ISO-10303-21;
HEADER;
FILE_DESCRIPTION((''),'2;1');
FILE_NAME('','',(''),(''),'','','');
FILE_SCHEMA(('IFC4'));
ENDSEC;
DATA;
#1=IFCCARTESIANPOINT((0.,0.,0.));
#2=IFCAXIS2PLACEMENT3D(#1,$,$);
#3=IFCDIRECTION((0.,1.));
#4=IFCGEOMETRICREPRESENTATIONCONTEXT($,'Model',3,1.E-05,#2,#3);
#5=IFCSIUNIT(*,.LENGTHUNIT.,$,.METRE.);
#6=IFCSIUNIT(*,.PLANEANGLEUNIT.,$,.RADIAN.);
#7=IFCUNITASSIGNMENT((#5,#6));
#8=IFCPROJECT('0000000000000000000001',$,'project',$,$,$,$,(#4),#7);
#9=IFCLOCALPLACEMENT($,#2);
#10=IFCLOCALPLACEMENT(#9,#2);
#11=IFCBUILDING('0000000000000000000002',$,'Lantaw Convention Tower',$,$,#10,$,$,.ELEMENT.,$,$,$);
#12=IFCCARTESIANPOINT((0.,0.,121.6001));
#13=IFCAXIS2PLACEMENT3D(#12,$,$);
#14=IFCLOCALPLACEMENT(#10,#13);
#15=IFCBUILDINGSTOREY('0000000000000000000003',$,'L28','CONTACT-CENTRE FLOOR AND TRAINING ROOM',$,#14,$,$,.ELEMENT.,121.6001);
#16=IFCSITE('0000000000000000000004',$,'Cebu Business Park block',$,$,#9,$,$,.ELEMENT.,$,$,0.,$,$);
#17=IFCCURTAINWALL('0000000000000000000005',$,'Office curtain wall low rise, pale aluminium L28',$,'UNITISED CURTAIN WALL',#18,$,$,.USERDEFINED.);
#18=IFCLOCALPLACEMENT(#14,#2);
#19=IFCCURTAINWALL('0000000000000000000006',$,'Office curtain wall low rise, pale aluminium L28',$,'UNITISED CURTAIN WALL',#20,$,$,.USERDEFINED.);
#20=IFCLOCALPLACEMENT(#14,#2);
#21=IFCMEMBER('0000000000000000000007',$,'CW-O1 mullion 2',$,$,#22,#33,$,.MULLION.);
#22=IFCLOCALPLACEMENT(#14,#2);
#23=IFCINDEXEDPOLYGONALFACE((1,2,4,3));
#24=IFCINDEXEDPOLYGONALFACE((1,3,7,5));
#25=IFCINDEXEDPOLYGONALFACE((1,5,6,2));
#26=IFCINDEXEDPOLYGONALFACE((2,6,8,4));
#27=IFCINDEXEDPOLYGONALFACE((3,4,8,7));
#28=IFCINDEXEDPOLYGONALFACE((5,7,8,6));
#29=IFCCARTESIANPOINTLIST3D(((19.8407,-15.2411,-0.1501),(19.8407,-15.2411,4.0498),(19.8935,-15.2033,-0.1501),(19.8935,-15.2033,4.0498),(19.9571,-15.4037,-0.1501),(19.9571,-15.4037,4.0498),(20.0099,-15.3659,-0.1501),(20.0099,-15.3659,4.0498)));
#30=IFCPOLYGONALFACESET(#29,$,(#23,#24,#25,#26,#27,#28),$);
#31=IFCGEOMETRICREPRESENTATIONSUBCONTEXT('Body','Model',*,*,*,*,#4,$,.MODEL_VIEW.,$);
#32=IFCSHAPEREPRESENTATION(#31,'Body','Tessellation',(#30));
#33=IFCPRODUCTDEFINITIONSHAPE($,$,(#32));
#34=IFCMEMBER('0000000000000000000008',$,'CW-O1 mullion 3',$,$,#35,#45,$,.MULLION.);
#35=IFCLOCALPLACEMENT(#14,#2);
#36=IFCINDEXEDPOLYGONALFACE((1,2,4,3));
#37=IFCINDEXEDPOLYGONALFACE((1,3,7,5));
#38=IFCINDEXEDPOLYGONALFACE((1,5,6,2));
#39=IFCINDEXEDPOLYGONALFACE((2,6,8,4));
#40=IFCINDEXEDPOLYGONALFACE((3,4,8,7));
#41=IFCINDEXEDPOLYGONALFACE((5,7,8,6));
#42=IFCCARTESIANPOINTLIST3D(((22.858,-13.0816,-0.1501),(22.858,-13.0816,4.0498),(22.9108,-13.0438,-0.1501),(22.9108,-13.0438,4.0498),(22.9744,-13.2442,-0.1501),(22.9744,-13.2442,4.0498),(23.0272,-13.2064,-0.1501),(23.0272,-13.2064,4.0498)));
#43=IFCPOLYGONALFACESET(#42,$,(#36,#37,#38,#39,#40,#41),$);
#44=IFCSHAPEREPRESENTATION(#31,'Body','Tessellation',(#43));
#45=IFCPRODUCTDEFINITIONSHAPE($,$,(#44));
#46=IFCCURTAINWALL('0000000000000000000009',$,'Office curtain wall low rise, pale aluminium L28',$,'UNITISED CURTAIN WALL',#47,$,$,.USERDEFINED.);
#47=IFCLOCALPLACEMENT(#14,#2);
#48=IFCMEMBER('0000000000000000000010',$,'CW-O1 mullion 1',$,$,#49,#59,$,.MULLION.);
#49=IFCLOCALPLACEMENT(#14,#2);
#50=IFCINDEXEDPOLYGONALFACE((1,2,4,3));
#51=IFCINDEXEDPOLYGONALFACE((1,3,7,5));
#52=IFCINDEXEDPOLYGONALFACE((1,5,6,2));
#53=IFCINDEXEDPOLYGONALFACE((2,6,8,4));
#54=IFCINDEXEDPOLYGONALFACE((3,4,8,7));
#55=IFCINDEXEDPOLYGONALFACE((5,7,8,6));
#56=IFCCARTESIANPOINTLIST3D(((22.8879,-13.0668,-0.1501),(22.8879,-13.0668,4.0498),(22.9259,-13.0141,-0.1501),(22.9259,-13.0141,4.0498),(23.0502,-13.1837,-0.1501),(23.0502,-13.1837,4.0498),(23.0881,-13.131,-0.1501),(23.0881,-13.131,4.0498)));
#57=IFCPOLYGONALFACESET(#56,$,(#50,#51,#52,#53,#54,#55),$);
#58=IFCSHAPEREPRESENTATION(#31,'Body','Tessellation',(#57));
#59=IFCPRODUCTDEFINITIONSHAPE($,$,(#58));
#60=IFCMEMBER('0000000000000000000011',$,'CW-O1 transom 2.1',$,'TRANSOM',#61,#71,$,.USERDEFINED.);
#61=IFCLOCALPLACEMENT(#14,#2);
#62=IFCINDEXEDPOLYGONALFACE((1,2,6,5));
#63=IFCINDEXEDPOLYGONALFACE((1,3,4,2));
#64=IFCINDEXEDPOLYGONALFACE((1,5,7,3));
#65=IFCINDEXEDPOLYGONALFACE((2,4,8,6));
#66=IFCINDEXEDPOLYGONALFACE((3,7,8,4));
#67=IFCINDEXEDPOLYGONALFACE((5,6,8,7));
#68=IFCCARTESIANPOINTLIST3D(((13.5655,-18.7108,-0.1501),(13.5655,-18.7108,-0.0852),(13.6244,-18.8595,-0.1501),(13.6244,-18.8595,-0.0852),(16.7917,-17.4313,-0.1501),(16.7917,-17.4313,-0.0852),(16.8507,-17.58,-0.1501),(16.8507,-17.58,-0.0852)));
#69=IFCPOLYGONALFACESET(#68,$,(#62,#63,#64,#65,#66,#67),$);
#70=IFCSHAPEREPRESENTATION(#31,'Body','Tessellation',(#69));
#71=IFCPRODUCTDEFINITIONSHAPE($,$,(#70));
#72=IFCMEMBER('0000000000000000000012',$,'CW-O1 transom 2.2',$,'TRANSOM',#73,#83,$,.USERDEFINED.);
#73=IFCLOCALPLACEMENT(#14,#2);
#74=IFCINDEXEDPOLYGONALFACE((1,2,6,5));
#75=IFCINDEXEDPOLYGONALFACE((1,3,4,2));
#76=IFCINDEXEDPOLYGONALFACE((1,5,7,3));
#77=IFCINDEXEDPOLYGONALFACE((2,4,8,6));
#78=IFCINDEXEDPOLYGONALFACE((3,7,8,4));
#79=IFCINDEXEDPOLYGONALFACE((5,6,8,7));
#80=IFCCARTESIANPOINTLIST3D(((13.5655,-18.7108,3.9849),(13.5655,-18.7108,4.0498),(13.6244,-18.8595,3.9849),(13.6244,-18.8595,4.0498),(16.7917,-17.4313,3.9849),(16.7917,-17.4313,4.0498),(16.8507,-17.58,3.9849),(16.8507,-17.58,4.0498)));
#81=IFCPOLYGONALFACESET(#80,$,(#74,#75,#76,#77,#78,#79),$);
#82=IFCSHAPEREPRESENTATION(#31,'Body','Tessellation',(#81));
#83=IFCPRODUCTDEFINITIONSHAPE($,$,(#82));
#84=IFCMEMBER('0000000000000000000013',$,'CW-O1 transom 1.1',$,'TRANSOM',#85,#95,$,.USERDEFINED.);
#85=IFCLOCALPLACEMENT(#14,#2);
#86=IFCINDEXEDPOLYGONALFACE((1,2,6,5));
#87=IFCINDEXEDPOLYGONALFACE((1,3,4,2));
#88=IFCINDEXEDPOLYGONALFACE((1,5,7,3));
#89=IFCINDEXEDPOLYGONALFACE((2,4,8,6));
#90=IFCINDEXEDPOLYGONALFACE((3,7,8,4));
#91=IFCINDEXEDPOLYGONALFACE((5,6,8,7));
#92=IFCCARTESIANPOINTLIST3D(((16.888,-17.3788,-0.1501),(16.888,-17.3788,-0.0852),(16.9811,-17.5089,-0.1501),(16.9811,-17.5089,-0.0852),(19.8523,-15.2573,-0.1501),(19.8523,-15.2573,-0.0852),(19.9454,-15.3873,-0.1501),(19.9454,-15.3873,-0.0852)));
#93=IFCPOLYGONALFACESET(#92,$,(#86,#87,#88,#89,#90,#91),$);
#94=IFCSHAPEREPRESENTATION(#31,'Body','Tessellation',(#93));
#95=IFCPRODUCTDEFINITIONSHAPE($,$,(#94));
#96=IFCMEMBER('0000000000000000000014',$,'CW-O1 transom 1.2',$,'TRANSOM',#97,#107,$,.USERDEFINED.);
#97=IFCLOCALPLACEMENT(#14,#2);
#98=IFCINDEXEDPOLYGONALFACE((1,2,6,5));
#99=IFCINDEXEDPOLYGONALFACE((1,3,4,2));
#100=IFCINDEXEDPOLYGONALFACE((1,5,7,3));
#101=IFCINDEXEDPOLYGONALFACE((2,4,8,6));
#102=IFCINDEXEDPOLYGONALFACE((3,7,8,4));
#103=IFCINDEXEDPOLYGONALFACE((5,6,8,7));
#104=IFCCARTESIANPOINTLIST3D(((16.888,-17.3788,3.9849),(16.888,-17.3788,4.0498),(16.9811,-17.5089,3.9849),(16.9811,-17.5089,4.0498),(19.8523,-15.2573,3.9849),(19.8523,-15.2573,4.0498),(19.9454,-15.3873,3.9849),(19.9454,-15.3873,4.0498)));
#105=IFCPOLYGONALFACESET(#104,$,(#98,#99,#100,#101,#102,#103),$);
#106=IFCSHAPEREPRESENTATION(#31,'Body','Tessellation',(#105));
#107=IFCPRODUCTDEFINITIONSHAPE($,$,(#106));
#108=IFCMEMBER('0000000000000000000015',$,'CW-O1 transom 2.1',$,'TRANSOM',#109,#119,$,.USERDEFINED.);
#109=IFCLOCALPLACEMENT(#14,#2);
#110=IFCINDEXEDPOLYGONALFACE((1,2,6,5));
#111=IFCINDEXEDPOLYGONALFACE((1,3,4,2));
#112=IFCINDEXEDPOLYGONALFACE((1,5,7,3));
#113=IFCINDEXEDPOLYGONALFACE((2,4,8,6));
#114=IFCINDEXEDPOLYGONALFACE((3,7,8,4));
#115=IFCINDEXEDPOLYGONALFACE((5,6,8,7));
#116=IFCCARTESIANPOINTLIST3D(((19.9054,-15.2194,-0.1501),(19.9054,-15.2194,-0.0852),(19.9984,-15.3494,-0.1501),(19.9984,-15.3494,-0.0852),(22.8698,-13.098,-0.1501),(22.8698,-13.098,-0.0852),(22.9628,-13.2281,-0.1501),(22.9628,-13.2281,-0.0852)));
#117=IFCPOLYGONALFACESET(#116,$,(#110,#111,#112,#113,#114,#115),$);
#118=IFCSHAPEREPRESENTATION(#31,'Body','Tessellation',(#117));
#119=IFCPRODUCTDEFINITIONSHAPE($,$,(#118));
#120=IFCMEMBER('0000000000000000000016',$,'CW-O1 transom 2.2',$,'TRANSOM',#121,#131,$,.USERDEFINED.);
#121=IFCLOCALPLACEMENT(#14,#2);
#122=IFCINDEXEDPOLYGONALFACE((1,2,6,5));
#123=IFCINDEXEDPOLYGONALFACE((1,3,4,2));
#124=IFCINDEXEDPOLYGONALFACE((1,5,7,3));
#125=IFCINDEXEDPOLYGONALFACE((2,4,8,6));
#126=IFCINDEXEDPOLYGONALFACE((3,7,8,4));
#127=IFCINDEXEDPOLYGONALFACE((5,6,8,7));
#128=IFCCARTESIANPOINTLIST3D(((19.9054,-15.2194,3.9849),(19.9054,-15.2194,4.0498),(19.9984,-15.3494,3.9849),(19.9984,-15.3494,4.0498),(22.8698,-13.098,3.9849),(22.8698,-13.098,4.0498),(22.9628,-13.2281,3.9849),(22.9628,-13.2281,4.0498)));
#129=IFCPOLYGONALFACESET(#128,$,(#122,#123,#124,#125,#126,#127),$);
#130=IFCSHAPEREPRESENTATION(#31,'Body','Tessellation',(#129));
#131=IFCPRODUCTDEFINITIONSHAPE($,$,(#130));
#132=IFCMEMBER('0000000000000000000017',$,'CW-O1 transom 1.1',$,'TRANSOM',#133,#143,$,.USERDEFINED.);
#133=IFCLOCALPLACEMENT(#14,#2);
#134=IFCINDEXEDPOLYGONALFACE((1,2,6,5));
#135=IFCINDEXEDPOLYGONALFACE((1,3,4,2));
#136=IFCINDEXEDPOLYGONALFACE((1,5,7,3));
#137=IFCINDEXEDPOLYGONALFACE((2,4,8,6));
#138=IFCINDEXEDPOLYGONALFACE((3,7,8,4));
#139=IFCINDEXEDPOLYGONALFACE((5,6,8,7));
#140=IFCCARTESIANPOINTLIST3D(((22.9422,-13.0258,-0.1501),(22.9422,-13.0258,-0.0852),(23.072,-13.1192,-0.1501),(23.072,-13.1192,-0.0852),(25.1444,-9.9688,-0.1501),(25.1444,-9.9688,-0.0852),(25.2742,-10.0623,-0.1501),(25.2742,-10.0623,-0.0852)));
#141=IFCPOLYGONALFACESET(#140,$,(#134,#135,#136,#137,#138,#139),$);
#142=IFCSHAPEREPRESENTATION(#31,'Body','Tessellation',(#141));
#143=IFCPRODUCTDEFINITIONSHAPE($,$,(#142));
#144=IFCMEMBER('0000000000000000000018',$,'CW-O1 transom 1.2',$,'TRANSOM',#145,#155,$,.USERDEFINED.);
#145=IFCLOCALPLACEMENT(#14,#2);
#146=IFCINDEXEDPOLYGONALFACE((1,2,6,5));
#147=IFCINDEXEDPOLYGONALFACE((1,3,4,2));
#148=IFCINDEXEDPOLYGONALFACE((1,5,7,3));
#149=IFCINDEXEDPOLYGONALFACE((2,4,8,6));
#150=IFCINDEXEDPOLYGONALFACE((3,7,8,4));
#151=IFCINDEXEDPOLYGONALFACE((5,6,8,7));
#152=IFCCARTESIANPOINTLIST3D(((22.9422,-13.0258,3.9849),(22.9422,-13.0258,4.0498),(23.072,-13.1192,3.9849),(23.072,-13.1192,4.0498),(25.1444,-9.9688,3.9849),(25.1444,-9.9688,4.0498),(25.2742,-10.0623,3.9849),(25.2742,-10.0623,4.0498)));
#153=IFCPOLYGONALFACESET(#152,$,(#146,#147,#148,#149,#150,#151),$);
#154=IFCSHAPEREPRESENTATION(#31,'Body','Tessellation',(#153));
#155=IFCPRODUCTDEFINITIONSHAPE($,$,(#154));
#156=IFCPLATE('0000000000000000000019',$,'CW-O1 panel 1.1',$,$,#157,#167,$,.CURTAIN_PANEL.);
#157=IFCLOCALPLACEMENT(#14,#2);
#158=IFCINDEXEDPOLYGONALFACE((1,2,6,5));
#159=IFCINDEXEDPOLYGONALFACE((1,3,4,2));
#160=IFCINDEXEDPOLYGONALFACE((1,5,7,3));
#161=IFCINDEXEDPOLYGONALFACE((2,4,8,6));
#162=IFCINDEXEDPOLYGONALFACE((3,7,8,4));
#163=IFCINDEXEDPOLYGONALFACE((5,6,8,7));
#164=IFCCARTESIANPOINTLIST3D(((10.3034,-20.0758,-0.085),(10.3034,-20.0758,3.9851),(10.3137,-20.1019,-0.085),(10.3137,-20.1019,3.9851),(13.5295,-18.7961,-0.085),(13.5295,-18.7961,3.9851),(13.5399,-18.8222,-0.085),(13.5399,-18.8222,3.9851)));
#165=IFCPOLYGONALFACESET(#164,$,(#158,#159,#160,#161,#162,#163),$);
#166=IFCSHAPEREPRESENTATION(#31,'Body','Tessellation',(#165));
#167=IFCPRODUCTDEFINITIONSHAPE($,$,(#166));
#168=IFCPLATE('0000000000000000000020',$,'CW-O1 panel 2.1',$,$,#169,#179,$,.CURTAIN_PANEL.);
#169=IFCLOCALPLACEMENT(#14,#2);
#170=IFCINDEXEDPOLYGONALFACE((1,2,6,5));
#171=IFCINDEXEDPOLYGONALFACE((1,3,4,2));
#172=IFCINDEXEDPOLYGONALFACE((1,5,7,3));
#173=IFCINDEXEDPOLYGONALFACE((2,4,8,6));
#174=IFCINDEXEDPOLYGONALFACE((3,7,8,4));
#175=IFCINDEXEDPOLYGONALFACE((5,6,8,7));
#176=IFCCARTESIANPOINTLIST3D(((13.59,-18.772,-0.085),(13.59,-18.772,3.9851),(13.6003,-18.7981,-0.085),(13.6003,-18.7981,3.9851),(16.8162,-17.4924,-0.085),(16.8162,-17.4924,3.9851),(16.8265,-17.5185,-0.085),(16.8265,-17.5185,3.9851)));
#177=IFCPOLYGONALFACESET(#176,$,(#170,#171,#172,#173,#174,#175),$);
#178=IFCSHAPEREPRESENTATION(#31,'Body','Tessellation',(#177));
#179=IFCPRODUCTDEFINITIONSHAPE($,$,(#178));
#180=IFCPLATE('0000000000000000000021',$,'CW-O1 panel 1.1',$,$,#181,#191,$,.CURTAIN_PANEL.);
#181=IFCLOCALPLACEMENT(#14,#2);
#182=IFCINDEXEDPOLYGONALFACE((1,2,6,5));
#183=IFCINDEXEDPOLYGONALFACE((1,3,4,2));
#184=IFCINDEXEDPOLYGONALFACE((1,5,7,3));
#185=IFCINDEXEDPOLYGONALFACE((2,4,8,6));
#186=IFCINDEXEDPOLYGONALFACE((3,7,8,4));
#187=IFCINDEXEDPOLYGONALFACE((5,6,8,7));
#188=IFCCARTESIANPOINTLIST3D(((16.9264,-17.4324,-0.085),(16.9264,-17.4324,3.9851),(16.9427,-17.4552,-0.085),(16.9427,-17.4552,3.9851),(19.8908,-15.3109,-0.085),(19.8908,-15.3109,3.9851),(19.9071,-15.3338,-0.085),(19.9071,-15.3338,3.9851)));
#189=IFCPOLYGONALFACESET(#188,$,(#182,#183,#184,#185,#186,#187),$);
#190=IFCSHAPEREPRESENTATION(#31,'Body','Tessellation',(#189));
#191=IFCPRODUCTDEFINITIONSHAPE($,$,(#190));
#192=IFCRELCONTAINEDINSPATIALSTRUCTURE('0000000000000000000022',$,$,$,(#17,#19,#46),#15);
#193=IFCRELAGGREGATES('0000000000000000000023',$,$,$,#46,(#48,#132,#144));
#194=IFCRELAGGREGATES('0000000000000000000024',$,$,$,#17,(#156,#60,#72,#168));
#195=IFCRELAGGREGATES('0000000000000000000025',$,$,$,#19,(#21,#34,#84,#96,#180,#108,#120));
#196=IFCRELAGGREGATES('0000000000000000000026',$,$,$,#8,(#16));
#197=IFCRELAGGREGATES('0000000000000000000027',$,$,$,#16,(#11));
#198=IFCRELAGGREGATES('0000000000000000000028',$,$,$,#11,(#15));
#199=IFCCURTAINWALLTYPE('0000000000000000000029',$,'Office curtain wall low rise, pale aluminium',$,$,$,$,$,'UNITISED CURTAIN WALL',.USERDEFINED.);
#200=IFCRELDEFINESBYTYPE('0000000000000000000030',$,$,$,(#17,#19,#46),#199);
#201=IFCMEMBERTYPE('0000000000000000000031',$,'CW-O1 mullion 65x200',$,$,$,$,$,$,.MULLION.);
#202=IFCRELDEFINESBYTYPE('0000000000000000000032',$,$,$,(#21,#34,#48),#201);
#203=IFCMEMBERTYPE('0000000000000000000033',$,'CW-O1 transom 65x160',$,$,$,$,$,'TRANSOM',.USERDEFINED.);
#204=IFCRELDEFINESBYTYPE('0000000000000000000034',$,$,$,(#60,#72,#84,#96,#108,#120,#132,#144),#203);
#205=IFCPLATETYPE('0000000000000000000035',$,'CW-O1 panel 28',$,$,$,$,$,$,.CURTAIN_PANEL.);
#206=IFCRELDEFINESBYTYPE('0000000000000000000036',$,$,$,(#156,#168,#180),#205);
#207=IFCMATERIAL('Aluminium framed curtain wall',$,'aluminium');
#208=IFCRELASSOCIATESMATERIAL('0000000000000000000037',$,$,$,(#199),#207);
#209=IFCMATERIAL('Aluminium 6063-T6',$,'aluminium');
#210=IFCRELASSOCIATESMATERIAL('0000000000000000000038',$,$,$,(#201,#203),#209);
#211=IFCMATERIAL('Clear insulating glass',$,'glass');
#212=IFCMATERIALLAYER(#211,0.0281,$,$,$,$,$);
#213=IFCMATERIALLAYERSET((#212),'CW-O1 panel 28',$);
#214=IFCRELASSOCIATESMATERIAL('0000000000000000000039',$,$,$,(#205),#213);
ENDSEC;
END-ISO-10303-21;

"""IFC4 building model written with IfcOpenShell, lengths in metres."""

from ifc_helpers import new_model, si_unit, direction, frame, origin, origin_2d, place, context, subcontext, project, spatial, rectangle, extrude, material, layer, layer_set, material_profile, profile_set, type_object, element, aggregate, save


model = new_model("IFC4")

# Units and contexts
model_context = context("Model", 3, precision=1e-05, world=origin(), true_north=direction((0.0, 1.0)))
body_context = subcontext(model_context, "Body", "Model", "MODEL_VIEW")
ifc_project = project(units=[si_unit("LENGTHUNIT", "METRE"), si_unit("PLANEANGLEUNIT", "RADIAN")], contexts=[model_context])

# Site, building, storey
site_placement = place(None, origin())
site = spatial("IfcSite", under=ifc_project, at=site_placement, Name="Cebu Business Park block", CompositionType="ELEMENT", RefElevation=0.0)
building_placement = place(site_placement, origin())
building = spatial("IfcBuilding", under=site, at=building_placement, Name="Lantaw Convention Tower", CompositionType="ELEMENT")
storey_placement = place(building_placement, frame((0.0, 0.0, 121.6001)))
storey = spatial("IfcBuildingStorey", under=building, at=storey_placement, Name="L28", Description="CONTACT-CENTRE FLOOR AND TRAINING ROOM", CompositionType="ELEMENT", Elevation=121.6001)

# Curtain walls, members
ifc_material_1 = material(Name="Aluminium framed curtain wall", Category="aluminium")
curtain_wall_type = type_object("IfcCurtainWallType", Name="Office curtain wall low rise, pale aluminium", ElementType="UNITISED CURTAIN WALL", PredefinedType="USERDEFINED", material=ifc_material_1)
curtain_wall_1_placement = place(storey_placement, origin())
curtain_wall_1 = element("IfcCurtainWall", 1, at=curtain_wall_1_placement, inside=storey, type_object=curtain_wall_type, Name="Office curtain wall low rise, pale aluminium L28", ObjectType="UNITISED CURTAIN WALL", PredefinedType="USERDEFINED")
ifc_material_2 = material(Name="Aluminium 6063-T6", Category="aluminium")
ifc_material_profile_1 = material_profile(ifc_material_2, rectangle(XDim=0.2, YDim=0.0649, at=origin_2d()), Name="CW-O1 mullion 65x200")
ifc_profile_set_1 = profile_set([ifc_material_profile_1], Name="Aluminium 6063-T6")
member_type_1 = type_object("IfcMemberType", Name="CW-O1 mullion 65x200", PredefinedType="MULLION", material=ifc_profile_set_1)
curtain_wall_2_placement = place(storey_placement, origin())
curtain_wall_2 = element("IfcCurtainWall", 2, at=curtain_wall_2_placement, inside=storey, type_object=curtain_wall_type, Name="Office curtain wall low rise, pale aluminium L28", ObjectType="UNITISED CURTAIN WALL", PredefinedType="USERDEFINED")
member_1_placement = place(storey_placement, frame((19.9253, -15.3035, -0.1501), z_axis=(0.0, 0.0, 1.0), x_axis=(-0.581973, 0.813208, 0.0)))
member_1 = element("IfcMember", 3, at=member_1_placement, type_object=member_type_1, Name="CW-O1 mullion 2", PredefinedType="MULLION", context=body_context, shape_type="SweptSolid", body=[
    extrude(rectangle(XDim=0.2, YDim=0.0649, at=origin_2d()), origin(), (0.0, 0.0, 1.0), 4.2),
])
member_2_placement = place(storey_placement, frame((22.9426, -13.144, -0.1501), z_axis=(0.0, 0.0, 1.0), x_axis=(-0.581973, 0.813208, 0.0)))
member_2 = element("IfcMember", 4, at=member_2_placement, type_object=member_type_1, Name="CW-O1 mullion 3", PredefinedType="MULLION", context=body_context, shape_type="SweptSolid", body=[
    extrude(rectangle(XDim=0.2, YDim=0.0649, at=origin_2d()), origin(), (0.0, 0.0, 1.0), 4.2),
])

# Curtain wall, member
curtain_wall_3_placement = place(storey_placement, origin())
curtain_wall_3 = element("IfcCurtainWall", 5, at=curtain_wall_3_placement, inside=storey, type_object=curtain_wall_type, Name="Office curtain wall low rise, pale aluminium L28", ObjectType="UNITISED CURTAIN WALL", PredefinedType="USERDEFINED")
member_3_placement = place(storey_placement, frame((22.988, -13.0989, -0.1501), z_axis=(0.0, 0.0, 1.0), x_axis=(-0.811385, 0.584513, 0.0)))
member_3 = element("IfcMember", 6, at=member_3_placement, type_object=member_type_1, Name="CW-O1 mullion 1", PredefinedType="MULLION", context=body_context, shape_type="SweptSolid", body=[
    extrude(rectangle(XDim=0.2, YDim=0.0649, at=origin_2d()), origin(), (0.0, 0.0, 1.0), 4.2),
])

# Members
ifc_material_profile_2 = material_profile(ifc_material_2, rectangle(XDim=0.1599, YDim=0.0649, at=origin_2d()), Name="CW-O1 transom 65x160")
ifc_profile_set_2 = profile_set([ifc_material_profile_2], Name="Aluminium 6063-T6")
member_type_2 = type_object("IfcMemberType", Name="CW-O1 transom 65x160", ElementType="TRANSOM", PredefinedType="USERDEFINED", material=ifc_profile_set_2)
member_4_placement = place(storey_placement, frame((13.595, -18.7852, -0.1177), z_axis=(0.929564, 0.36866, 0.0), x_axis=(-0.36866, 0.929564, 0.0)))
member_4 = element("IfcMember", 7, at=member_4_placement, type_object=member_type_2, Name="CW-O1 transom 2.1", ObjectType="TRANSOM", PredefinedType="USERDEFINED", context=body_context, shape_type="SweptSolid", body=[
    extrude(rectangle(XDim=0.1599, YDim=0.0649, at=origin_2d()), origin(), (0.0, 0.0, 1.0), 3.4707),
])
member_5_placement = place(storey_placement, frame((13.595, -18.7852, 4.0173), z_axis=(0.929564, 0.36866, 0.0), x_axis=(-0.36866, 0.929564, 0.0)))
member_5 = element("IfcMember", 8, at=member_5_placement, type_object=member_type_2, Name="CW-O1 transom 2.2", ObjectType="TRANSOM", PredefinedType="USERDEFINED", context=body_context, shape_type="SweptSolid", body=[
    extrude(rectangle(XDim=0.1599, YDim=0.0649, at=origin_2d()), origin(), (0.0, 0.0, 1.0), 3.4707),
])
member_6_placement = place(storey_placement, frame((16.9346, -17.4438, -0.1177), z_axis=(0.81319, 0.581998, 0.0), x_axis=(-0.581998, 0.81319, 0.0)))
member_6 = element("IfcMember", 9, at=member_6_placement, type_object=member_type_2, Name="CW-O1 transom 1.1", ObjectType="TRANSOM", PredefinedType="USERDEFINED", context=body_context, shape_type="SweptSolid", body=[
    extrude(rectangle(XDim=0.1599, YDim=0.0649, at=origin_2d()), origin(), (0.0, 0.0, 1.0), 3.6453),
])
member_7_placement = place(storey_placement, frame((16.9346, -17.4438, 4.0173), z_axis=(0.81319, 0.581998, 0.0), x_axis=(-0.581998, 0.81319, 0.0)))
member_7 = element("IfcMember", 10, at=member_7_placement, type_object=member_type_2, Name="CW-O1 transom 1.2", ObjectType="TRANSOM", PredefinedType="USERDEFINED", context=body_context, shape_type="SweptSolid", body=[
    extrude(rectangle(XDim=0.1599, YDim=0.0649, at=origin_2d()), origin(), (0.0, 0.0, 1.0), 3.6453),
])
member_8_placement = place(storey_placement, frame((19.9519, -15.2844, -0.1177), z_axis=(0.813222, 0.581954, 0.0), x_axis=(-0.581954, 0.813222, 0.0)))
member_8 = element("IfcMember", 11, at=member_8_placement, type_object=member_type_2, Name="CW-O1 transom 2.1", ObjectType="TRANSOM", PredefinedType="USERDEFINED", context=body_context, shape_type="SweptSolid", body=[
    extrude(rectangle(XDim=0.1599, YDim=0.0649, at=origin_2d()), origin(), (0.0, 0.0, 1.0), 3.6453),
])
member_9_placement = place(storey_placement, frame((19.9519, -15.2844, 4.0173), z_axis=(0.813222, 0.581954, 0.0), x_axis=(-0.581954, 0.813222, 0.0)))
member_9 = element("IfcMember", 12, at=member_9_placement, type_object=member_type_2, Name="CW-O1 transom 2.2", ObjectType="TRANSOM", PredefinedType="USERDEFINED", context=body_context, shape_type="SweptSolid", body=[
    extrude(rectangle(XDim=0.1599, YDim=0.0649, at=origin_2d()), origin(), (0.0, 0.0, 1.0), 3.6453),
])
member_10_placement = place(storey_placement, frame((23.0071, -13.0725, -0.1177), z_axis=(0.584513, 0.811384, 0.0), x_axis=(-0.811384, 0.584513, 0.0)))
member_10 = element("IfcMember", 13, at=member_10_placement, type_object=member_type_2, Name="CW-O1 transom 1.1", ObjectType="TRANSOM", PredefinedType="USERDEFINED", context=body_context, shape_type="SweptSolid", body=[
    extrude(rectangle(XDim=0.1599, YDim=0.0649, at=origin_2d()), origin(), (0.0, 0.0, 1.0), 3.7676),
])
member_11_placement = place(storey_placement, frame((23.0071, -13.0725, 4.0173), z_axis=(0.584513, 0.811384, 0.0), x_axis=(-0.811384, 0.584513, 0.0)))
member_11 = element("IfcMember", 14, at=member_11_placement, type_object=member_type_2, Name="CW-O1 transom 1.2", ObjectType="TRANSOM", PredefinedType="USERDEFINED", context=body_context, shape_type="SweptSolid", body=[
    extrude(rectangle(XDim=0.1599, YDim=0.0649, at=origin_2d()), origin(), (0.0, 0.0, 1.0), 3.7676),
])
aggregate(curtain_wall_3, [member_3, member_10, member_11])

# Plates
ifc_material_3 = material(Name="Clear insulating glass", Category="glass")
ifc_layer_1 = layer(ifc_material_3, 0.0281)
ifc_layer_set_1 = layer_set([ifc_layer_1], Name="CW-O1 panel 28")
plate_type_1 = type_object("IfcPlateType", Name="CW-O1 panel 28", PredefinedType="CURTAIN_PANEL", material=ifc_layer_set_1)
plate_1_placement = place(storey_placement, frame((11.9216, -19.449, -0.085), z_axis=(0.0, 0.0, 1.0), x_axis=(0.929548, 0.368702, 0.0)))
plate_1 = element("IfcPlate", 15, at=plate_1_placement, type_object=plate_type_1, Name="CW-O1 panel 1.1", PredefinedType="CURTAIN_PANEL", context=body_context, shape_type="SweptSolid", body=[
    extrude(rectangle(XDim=3.4707, YDim=0.0281, at=origin_2d()), origin(), (0.0, 0.0, 1.0), 4.0701),
])
plate_2_placement = place(storey_placement, frame((15.2083, -18.1453, -0.085), z_axis=(0.0, 0.0, 1.0), x_axis=(0.929548, 0.368702, 0.0)))
plate_2 = element("IfcPlate", 16, at=plate_2_placement, type_object=plate_type_1, Name="CW-O1 panel 2.1", PredefinedType="CURTAIN_PANEL", context=body_context, shape_type="SweptSolid", body=[
    extrude(rectangle(XDim=3.4707, YDim=0.0281, at=origin_2d()), origin(), (0.0, 0.0, 1.0), 4.0701),
])
aggregate(curtain_wall_1, [plate_1, member_4, member_5, plate_2])
plate_3_placement = place(storey_placement, frame((18.4167, -16.3831, -0.085), z_axis=(0.0, 0.0, 1.0), x_axis=(0.813208, 0.581973, 0.0)))
plate_3 = element("IfcPlate", 17, at=plate_3_placement, type_object=plate_type_1, Name="CW-O1 panel 1.1", PredefinedType="CURTAIN_PANEL", context=body_context, shape_type="SweptSolid", body=[
    extrude(rectangle(XDim=3.6453, YDim=0.0281, at=origin_2d()), origin(), (0.0, 0.0, 1.0), 4.0701),
])
aggregate(curtain_wall_2, [member_1, member_2, member_6, member_7, plate_3, member_8, member_9])

save(model, "model.ifc")
